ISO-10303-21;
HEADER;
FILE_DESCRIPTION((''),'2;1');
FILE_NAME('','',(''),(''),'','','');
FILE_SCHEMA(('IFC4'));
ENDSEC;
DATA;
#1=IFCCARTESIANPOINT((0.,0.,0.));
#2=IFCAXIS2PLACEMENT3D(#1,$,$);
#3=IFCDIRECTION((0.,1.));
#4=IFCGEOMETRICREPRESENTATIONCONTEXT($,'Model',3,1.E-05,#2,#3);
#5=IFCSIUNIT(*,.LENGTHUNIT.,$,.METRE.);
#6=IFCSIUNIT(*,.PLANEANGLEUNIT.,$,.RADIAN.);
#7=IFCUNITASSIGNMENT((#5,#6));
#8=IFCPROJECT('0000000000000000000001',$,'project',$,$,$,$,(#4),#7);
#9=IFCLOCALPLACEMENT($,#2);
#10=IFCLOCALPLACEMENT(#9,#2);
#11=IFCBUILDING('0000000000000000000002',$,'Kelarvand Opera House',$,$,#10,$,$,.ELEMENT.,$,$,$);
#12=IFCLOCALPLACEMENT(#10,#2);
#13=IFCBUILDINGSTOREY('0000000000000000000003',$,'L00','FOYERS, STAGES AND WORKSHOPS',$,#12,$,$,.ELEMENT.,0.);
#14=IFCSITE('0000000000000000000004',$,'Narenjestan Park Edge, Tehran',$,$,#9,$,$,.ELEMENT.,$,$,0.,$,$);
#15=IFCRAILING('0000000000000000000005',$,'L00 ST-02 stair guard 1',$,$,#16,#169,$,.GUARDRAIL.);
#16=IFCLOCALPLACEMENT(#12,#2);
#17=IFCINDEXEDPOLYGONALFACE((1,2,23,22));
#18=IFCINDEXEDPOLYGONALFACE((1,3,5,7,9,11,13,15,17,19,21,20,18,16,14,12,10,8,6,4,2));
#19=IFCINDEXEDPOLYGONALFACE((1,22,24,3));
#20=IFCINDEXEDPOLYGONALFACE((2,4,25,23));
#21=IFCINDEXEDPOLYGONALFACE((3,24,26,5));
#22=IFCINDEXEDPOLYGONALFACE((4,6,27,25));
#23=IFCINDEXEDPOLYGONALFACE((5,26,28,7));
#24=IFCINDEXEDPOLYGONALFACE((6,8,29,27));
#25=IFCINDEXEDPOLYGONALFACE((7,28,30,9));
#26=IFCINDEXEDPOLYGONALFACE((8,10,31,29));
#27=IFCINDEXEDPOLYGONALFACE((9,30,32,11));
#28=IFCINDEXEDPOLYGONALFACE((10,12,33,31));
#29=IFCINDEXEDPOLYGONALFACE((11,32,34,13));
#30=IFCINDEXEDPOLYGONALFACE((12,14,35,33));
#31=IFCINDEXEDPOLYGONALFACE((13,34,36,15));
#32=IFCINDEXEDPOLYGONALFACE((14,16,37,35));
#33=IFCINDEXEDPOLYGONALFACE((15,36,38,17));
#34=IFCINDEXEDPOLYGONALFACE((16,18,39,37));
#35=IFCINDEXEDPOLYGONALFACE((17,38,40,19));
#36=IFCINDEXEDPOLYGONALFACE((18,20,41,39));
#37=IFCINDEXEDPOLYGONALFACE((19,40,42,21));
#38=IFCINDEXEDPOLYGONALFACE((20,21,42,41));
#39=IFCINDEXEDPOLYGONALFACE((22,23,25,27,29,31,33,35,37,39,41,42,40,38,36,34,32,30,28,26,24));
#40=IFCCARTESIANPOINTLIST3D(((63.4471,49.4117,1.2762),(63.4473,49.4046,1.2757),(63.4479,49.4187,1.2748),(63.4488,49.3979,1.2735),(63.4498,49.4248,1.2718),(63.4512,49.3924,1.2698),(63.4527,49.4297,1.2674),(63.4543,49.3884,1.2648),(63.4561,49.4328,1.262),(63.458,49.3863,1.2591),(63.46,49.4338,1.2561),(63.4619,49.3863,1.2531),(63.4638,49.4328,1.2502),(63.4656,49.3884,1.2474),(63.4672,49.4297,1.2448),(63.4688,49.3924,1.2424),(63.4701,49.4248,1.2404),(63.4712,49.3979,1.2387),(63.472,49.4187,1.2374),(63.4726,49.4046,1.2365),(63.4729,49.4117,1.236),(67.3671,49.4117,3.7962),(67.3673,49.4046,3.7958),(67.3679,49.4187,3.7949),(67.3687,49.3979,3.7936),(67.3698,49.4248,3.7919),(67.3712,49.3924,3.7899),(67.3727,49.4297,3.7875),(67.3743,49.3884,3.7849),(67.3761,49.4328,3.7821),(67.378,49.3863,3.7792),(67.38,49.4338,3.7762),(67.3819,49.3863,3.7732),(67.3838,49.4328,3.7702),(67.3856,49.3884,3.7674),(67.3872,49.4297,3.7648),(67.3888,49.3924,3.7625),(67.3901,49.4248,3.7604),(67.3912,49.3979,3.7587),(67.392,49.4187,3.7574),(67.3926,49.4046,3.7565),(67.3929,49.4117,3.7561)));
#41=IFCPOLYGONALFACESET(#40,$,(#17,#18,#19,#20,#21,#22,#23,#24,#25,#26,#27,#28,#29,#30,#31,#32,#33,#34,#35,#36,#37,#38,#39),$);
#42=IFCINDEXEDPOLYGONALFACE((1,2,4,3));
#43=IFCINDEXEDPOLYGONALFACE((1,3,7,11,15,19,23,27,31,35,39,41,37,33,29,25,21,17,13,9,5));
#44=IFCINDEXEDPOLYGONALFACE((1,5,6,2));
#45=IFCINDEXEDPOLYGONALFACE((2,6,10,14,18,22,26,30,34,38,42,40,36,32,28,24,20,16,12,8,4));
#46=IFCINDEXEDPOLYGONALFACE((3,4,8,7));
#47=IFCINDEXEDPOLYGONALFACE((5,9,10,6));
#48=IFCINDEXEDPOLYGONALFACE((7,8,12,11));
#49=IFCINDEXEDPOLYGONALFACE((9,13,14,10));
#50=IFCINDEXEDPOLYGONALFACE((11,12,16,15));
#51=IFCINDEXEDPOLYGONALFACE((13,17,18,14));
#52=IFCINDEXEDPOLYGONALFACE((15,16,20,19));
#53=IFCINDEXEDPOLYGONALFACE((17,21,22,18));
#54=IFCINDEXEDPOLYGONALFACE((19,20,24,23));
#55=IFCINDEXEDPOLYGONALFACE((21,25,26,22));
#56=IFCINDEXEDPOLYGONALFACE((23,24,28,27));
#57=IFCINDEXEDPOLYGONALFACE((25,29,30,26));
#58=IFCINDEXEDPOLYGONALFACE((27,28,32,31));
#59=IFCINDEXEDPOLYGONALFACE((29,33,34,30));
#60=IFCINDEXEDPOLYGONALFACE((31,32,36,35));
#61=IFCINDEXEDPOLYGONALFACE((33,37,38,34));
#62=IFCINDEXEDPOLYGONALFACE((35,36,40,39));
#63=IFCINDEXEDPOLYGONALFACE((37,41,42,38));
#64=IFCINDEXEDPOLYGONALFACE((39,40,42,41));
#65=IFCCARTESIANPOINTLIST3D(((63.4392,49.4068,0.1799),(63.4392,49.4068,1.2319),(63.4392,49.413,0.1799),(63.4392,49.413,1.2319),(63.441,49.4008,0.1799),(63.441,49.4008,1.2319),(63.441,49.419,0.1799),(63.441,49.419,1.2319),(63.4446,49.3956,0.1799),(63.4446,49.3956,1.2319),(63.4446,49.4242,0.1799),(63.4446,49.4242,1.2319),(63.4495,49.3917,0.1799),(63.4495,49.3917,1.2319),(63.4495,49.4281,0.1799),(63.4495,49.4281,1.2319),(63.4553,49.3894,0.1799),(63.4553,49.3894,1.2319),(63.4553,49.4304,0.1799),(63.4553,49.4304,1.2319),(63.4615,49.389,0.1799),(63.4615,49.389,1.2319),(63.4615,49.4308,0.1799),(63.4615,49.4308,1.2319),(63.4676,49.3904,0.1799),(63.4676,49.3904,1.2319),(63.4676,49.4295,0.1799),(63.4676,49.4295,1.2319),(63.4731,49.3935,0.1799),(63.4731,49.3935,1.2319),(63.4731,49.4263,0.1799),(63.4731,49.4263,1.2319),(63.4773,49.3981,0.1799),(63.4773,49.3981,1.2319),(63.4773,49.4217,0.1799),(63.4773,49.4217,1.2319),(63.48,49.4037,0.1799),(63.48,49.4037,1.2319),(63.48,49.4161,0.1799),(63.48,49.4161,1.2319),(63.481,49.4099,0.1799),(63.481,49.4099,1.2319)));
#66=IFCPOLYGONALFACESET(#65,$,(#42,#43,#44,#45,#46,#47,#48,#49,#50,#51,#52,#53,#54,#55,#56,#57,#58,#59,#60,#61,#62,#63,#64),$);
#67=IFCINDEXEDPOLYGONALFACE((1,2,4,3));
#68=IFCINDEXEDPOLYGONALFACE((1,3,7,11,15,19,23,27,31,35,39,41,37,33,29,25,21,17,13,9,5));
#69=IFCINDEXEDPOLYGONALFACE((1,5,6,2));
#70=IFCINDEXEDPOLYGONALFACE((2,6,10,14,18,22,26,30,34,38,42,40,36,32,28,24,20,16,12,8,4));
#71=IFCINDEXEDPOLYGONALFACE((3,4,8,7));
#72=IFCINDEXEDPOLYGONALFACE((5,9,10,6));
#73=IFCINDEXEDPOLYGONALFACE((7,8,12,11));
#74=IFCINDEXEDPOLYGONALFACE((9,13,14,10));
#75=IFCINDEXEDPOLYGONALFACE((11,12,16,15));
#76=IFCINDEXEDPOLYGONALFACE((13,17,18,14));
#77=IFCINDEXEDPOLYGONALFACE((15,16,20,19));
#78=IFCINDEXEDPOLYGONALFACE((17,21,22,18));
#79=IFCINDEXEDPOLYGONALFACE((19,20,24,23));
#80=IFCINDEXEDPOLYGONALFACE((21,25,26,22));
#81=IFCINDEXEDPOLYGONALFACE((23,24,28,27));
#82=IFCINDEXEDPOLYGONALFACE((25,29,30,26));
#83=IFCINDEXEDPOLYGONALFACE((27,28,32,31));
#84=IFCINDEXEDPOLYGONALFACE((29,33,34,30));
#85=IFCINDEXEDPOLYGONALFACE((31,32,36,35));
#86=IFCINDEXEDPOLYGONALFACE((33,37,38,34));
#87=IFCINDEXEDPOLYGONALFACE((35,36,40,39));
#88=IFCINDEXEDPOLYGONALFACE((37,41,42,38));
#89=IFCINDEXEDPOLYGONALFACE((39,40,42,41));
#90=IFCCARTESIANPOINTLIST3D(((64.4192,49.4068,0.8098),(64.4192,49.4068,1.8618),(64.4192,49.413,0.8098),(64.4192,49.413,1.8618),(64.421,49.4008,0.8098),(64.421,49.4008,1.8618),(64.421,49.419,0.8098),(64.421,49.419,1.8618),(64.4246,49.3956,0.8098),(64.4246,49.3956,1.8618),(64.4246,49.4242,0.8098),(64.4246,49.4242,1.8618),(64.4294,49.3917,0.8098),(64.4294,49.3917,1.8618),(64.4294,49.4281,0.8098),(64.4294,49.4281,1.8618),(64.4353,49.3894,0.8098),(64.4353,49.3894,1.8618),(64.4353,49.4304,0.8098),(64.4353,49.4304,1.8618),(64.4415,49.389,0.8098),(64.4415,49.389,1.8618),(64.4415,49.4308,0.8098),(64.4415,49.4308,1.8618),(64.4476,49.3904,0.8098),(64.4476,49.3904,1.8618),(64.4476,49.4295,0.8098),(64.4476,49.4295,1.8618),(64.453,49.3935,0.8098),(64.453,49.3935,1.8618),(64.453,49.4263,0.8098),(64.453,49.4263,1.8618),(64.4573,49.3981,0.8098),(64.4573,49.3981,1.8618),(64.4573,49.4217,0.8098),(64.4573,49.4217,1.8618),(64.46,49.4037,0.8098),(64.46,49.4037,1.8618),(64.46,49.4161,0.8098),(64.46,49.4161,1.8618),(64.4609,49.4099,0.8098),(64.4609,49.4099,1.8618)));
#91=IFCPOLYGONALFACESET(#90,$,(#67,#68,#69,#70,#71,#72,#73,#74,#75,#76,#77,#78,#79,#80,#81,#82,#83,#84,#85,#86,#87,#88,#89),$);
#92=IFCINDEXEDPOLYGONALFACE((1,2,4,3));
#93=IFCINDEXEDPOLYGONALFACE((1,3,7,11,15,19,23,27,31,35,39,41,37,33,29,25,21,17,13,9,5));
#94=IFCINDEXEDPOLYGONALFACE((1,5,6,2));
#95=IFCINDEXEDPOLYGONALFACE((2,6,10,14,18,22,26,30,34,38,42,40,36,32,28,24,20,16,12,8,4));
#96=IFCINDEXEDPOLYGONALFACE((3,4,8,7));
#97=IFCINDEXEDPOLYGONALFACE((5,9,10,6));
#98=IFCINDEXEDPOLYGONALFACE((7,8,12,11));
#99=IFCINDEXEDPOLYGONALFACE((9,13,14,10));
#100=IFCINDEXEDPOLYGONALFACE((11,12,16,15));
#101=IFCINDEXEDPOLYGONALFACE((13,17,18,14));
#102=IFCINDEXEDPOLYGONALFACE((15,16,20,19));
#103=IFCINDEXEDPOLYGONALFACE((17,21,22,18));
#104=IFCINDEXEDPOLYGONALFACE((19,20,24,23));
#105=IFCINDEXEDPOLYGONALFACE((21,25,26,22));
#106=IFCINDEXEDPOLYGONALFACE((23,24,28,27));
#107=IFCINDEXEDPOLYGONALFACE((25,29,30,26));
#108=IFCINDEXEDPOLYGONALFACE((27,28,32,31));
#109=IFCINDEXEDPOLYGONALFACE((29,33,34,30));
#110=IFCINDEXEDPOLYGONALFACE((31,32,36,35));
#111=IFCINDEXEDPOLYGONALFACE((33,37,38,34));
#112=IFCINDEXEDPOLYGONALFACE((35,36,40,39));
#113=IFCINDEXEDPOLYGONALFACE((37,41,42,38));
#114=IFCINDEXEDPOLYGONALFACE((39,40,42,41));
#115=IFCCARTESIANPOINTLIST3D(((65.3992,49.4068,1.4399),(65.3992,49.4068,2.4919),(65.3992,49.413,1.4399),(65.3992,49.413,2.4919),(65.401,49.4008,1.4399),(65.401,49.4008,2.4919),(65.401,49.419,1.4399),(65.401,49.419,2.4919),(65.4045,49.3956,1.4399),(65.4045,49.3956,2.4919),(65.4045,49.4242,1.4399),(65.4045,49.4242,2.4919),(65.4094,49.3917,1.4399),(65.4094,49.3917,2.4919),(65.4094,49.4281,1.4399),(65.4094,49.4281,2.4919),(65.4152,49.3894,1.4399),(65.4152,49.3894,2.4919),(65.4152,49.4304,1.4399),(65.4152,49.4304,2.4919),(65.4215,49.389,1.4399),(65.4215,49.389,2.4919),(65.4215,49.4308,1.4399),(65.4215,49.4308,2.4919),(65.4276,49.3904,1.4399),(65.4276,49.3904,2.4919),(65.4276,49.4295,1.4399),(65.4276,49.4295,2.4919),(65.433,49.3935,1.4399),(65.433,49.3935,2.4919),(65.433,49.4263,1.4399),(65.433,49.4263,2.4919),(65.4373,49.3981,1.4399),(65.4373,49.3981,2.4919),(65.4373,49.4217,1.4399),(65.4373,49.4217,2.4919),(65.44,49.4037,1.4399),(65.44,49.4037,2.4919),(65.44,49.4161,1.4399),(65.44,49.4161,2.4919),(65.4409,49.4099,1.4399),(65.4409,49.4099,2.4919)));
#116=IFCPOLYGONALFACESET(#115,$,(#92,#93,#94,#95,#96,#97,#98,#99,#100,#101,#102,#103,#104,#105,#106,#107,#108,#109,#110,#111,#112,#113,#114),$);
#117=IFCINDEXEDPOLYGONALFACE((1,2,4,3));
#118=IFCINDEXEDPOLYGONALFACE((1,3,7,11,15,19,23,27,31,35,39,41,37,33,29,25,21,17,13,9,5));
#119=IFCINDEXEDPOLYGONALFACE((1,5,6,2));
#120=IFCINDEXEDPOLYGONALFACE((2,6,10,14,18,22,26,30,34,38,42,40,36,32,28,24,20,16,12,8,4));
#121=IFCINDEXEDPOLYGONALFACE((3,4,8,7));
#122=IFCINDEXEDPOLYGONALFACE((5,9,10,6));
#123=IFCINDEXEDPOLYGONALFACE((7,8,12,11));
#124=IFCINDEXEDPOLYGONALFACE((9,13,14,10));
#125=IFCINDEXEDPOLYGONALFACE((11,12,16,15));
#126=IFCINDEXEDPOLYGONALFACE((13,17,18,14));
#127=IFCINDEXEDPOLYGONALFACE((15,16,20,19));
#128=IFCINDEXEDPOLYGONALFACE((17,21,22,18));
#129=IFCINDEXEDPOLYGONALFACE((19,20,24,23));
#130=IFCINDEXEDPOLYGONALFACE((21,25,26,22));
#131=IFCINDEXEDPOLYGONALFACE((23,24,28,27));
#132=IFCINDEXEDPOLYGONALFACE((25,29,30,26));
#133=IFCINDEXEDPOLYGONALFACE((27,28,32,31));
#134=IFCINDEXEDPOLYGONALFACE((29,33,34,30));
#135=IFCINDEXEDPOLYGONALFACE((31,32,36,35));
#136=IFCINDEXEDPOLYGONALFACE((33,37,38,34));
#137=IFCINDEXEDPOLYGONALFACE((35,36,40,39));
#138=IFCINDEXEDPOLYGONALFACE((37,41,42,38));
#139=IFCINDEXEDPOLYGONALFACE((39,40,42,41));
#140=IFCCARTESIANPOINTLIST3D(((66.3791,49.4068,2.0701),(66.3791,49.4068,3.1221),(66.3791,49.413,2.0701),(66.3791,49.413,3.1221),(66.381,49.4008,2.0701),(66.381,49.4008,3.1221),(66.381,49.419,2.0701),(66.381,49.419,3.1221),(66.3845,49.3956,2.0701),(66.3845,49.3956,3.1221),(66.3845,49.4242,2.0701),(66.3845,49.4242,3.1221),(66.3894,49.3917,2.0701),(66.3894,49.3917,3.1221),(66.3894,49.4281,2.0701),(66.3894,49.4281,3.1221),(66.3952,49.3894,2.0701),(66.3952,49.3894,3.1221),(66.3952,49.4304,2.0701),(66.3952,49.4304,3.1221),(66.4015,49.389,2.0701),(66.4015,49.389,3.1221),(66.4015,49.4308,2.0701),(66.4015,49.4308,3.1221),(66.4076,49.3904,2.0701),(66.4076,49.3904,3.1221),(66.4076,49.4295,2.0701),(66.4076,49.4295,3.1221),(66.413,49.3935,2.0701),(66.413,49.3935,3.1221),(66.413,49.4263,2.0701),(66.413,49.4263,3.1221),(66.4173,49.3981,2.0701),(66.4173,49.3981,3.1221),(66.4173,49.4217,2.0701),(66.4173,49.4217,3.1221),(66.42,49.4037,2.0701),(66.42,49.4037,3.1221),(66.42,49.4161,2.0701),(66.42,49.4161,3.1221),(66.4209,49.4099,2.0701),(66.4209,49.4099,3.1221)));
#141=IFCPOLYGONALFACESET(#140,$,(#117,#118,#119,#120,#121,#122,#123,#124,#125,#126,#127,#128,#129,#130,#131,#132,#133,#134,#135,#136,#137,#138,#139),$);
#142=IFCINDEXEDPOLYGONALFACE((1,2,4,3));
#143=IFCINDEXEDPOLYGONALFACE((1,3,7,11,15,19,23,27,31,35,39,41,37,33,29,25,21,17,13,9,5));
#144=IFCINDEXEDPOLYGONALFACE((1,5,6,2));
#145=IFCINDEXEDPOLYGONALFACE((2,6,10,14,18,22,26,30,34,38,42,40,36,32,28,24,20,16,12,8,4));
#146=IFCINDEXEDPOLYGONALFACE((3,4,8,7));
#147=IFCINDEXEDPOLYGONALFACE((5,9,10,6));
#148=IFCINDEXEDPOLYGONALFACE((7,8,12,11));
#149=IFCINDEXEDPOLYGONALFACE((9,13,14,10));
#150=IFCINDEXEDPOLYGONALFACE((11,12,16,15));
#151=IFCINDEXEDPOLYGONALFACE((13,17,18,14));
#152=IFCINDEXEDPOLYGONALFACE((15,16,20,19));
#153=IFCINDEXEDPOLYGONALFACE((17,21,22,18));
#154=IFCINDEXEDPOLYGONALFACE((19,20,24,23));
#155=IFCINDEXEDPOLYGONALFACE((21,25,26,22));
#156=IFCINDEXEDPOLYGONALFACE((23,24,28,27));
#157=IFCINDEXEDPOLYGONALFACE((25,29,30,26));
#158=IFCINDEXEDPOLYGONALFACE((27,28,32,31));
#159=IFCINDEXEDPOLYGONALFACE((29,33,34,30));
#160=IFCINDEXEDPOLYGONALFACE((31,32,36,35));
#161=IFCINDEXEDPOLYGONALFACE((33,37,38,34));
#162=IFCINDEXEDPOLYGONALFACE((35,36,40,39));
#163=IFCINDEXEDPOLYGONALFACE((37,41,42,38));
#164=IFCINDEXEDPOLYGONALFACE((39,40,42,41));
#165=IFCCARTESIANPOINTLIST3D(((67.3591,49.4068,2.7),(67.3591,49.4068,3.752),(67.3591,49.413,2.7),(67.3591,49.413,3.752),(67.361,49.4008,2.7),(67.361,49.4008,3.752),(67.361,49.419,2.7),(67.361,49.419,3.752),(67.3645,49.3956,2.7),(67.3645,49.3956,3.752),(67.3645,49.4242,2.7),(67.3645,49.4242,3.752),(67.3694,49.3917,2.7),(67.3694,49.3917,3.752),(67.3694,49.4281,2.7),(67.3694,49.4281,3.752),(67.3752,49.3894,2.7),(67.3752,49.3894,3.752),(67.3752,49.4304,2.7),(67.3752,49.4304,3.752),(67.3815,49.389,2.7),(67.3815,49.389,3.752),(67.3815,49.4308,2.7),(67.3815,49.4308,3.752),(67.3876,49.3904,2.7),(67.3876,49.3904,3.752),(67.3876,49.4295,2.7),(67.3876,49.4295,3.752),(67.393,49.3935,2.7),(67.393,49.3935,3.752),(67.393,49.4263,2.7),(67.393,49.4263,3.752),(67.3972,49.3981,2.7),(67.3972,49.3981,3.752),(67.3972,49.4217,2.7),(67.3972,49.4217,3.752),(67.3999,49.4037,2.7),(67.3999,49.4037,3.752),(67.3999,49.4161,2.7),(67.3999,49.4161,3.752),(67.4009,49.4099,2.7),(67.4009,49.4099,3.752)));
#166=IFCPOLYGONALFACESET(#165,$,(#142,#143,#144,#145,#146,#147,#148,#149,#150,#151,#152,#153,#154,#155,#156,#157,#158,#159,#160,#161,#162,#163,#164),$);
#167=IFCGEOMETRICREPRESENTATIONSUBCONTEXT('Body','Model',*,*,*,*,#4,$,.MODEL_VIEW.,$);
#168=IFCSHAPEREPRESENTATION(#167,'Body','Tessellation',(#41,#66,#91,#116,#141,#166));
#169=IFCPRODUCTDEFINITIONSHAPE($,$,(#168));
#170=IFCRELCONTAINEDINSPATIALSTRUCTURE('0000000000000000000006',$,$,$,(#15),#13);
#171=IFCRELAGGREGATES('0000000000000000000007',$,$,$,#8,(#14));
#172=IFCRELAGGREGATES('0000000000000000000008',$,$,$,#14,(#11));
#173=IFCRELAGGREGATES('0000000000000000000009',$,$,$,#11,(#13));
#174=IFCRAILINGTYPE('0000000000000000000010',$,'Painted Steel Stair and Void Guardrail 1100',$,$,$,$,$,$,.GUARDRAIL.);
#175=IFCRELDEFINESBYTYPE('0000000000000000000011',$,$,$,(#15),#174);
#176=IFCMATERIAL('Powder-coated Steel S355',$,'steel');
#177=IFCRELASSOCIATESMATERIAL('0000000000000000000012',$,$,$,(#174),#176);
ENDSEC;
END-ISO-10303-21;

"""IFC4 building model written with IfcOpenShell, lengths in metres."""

from ifc_helpers import new_model, si_unit, direction, frame, origin, origin_2d, place, context, subcontext, project, spatial, circle, extrude, material, type_object, element, save


model = new_model("IFC4")

# Units and contexts
model_context = context("Model", 3, precision=1e-05, world=origin(), true_north=direction((0.0, 1.0)))
body_context = subcontext(model_context, "Body", "Model", "MODEL_VIEW")
ifc_project = project(units=[si_unit("LENGTHUNIT", "METRE"), si_unit("PLANEANGLEUNIT", "RADIAN")], contexts=[model_context])

# Site, building, storey
site_placement = place(None, origin())
site = spatial("IfcSite", under=ifc_project, at=site_placement, Name="Narenjestan Park Edge, Tehran", CompositionType="ELEMENT", RefElevation=0.0)
building_placement = place(site_placement, origin())
building = spatial("IfcBuilding", under=site, at=building_placement, Name="Kelarvand Opera House", CompositionType="ELEMENT")
storey_placement = place(building_placement, origin())
storey = spatial("IfcBuildingStorey", under=building, at=storey_placement, Name="L00", Description="FOYERS, STAGES AND WORKSHOPS", CompositionType="ELEMENT", Elevation=0.0)

# Railing
ifc_material_1 = material(Name="Powder-coated Steel S355", Category="steel")
railing_type_1 = type_object("IfcRailingType", Name="Painted Steel Stair and Void Guardrail 1100", PredefinedType="GUARDRAIL", material=ifc_material_1)
railing_1_placement = place(storey_placement, frame((63.46, 49.4099, 0.1799)))
element("IfcRailing", 1, at=railing_1_placement, inside=storey, type_object=railing_type_1, Name="L00 ST-02 stair guard 1", PredefinedType="GUARDRAIL", context=body_context, shape_type="SweptSolid", body=[
    extrude(circle(Radius=0.0239, at=origin_2d()), frame((0.0, 0.0, 1.0762), z_axis=(0.841172, 0.0, 0.540768), x_axis=(0.0, 1.0, 0.0)), (0.0, 0.0, 1.0), 4.6602),
    extrude(circle(Radius=0.021, at=origin_2d()), origin(), (0.0, 0.0, 1.0), 1.052),
    extrude(circle(Radius=0.021, at=origin_2d()), frame((0.98, 0.0, 0.6299)), (0.0, 0.0, 1.0), 1.052),
    extrude(circle(Radius=0.021, at=origin_2d()), frame((1.96, 0.0, 1.26)), (0.0, 0.0, 1.0), 1.052),
    extrude(circle(Radius=0.021, at=origin_2d()), frame((2.9399, 0.0, 1.8901)), (0.0, 0.0, 1.0), 1.052),
    extrude(circle(Radius=0.021, at=origin_2d()), frame((3.9199, 0.0, 2.52)), (0.0, 0.0, 1.0), 1.052),
])

save(model, "model.ifc")
